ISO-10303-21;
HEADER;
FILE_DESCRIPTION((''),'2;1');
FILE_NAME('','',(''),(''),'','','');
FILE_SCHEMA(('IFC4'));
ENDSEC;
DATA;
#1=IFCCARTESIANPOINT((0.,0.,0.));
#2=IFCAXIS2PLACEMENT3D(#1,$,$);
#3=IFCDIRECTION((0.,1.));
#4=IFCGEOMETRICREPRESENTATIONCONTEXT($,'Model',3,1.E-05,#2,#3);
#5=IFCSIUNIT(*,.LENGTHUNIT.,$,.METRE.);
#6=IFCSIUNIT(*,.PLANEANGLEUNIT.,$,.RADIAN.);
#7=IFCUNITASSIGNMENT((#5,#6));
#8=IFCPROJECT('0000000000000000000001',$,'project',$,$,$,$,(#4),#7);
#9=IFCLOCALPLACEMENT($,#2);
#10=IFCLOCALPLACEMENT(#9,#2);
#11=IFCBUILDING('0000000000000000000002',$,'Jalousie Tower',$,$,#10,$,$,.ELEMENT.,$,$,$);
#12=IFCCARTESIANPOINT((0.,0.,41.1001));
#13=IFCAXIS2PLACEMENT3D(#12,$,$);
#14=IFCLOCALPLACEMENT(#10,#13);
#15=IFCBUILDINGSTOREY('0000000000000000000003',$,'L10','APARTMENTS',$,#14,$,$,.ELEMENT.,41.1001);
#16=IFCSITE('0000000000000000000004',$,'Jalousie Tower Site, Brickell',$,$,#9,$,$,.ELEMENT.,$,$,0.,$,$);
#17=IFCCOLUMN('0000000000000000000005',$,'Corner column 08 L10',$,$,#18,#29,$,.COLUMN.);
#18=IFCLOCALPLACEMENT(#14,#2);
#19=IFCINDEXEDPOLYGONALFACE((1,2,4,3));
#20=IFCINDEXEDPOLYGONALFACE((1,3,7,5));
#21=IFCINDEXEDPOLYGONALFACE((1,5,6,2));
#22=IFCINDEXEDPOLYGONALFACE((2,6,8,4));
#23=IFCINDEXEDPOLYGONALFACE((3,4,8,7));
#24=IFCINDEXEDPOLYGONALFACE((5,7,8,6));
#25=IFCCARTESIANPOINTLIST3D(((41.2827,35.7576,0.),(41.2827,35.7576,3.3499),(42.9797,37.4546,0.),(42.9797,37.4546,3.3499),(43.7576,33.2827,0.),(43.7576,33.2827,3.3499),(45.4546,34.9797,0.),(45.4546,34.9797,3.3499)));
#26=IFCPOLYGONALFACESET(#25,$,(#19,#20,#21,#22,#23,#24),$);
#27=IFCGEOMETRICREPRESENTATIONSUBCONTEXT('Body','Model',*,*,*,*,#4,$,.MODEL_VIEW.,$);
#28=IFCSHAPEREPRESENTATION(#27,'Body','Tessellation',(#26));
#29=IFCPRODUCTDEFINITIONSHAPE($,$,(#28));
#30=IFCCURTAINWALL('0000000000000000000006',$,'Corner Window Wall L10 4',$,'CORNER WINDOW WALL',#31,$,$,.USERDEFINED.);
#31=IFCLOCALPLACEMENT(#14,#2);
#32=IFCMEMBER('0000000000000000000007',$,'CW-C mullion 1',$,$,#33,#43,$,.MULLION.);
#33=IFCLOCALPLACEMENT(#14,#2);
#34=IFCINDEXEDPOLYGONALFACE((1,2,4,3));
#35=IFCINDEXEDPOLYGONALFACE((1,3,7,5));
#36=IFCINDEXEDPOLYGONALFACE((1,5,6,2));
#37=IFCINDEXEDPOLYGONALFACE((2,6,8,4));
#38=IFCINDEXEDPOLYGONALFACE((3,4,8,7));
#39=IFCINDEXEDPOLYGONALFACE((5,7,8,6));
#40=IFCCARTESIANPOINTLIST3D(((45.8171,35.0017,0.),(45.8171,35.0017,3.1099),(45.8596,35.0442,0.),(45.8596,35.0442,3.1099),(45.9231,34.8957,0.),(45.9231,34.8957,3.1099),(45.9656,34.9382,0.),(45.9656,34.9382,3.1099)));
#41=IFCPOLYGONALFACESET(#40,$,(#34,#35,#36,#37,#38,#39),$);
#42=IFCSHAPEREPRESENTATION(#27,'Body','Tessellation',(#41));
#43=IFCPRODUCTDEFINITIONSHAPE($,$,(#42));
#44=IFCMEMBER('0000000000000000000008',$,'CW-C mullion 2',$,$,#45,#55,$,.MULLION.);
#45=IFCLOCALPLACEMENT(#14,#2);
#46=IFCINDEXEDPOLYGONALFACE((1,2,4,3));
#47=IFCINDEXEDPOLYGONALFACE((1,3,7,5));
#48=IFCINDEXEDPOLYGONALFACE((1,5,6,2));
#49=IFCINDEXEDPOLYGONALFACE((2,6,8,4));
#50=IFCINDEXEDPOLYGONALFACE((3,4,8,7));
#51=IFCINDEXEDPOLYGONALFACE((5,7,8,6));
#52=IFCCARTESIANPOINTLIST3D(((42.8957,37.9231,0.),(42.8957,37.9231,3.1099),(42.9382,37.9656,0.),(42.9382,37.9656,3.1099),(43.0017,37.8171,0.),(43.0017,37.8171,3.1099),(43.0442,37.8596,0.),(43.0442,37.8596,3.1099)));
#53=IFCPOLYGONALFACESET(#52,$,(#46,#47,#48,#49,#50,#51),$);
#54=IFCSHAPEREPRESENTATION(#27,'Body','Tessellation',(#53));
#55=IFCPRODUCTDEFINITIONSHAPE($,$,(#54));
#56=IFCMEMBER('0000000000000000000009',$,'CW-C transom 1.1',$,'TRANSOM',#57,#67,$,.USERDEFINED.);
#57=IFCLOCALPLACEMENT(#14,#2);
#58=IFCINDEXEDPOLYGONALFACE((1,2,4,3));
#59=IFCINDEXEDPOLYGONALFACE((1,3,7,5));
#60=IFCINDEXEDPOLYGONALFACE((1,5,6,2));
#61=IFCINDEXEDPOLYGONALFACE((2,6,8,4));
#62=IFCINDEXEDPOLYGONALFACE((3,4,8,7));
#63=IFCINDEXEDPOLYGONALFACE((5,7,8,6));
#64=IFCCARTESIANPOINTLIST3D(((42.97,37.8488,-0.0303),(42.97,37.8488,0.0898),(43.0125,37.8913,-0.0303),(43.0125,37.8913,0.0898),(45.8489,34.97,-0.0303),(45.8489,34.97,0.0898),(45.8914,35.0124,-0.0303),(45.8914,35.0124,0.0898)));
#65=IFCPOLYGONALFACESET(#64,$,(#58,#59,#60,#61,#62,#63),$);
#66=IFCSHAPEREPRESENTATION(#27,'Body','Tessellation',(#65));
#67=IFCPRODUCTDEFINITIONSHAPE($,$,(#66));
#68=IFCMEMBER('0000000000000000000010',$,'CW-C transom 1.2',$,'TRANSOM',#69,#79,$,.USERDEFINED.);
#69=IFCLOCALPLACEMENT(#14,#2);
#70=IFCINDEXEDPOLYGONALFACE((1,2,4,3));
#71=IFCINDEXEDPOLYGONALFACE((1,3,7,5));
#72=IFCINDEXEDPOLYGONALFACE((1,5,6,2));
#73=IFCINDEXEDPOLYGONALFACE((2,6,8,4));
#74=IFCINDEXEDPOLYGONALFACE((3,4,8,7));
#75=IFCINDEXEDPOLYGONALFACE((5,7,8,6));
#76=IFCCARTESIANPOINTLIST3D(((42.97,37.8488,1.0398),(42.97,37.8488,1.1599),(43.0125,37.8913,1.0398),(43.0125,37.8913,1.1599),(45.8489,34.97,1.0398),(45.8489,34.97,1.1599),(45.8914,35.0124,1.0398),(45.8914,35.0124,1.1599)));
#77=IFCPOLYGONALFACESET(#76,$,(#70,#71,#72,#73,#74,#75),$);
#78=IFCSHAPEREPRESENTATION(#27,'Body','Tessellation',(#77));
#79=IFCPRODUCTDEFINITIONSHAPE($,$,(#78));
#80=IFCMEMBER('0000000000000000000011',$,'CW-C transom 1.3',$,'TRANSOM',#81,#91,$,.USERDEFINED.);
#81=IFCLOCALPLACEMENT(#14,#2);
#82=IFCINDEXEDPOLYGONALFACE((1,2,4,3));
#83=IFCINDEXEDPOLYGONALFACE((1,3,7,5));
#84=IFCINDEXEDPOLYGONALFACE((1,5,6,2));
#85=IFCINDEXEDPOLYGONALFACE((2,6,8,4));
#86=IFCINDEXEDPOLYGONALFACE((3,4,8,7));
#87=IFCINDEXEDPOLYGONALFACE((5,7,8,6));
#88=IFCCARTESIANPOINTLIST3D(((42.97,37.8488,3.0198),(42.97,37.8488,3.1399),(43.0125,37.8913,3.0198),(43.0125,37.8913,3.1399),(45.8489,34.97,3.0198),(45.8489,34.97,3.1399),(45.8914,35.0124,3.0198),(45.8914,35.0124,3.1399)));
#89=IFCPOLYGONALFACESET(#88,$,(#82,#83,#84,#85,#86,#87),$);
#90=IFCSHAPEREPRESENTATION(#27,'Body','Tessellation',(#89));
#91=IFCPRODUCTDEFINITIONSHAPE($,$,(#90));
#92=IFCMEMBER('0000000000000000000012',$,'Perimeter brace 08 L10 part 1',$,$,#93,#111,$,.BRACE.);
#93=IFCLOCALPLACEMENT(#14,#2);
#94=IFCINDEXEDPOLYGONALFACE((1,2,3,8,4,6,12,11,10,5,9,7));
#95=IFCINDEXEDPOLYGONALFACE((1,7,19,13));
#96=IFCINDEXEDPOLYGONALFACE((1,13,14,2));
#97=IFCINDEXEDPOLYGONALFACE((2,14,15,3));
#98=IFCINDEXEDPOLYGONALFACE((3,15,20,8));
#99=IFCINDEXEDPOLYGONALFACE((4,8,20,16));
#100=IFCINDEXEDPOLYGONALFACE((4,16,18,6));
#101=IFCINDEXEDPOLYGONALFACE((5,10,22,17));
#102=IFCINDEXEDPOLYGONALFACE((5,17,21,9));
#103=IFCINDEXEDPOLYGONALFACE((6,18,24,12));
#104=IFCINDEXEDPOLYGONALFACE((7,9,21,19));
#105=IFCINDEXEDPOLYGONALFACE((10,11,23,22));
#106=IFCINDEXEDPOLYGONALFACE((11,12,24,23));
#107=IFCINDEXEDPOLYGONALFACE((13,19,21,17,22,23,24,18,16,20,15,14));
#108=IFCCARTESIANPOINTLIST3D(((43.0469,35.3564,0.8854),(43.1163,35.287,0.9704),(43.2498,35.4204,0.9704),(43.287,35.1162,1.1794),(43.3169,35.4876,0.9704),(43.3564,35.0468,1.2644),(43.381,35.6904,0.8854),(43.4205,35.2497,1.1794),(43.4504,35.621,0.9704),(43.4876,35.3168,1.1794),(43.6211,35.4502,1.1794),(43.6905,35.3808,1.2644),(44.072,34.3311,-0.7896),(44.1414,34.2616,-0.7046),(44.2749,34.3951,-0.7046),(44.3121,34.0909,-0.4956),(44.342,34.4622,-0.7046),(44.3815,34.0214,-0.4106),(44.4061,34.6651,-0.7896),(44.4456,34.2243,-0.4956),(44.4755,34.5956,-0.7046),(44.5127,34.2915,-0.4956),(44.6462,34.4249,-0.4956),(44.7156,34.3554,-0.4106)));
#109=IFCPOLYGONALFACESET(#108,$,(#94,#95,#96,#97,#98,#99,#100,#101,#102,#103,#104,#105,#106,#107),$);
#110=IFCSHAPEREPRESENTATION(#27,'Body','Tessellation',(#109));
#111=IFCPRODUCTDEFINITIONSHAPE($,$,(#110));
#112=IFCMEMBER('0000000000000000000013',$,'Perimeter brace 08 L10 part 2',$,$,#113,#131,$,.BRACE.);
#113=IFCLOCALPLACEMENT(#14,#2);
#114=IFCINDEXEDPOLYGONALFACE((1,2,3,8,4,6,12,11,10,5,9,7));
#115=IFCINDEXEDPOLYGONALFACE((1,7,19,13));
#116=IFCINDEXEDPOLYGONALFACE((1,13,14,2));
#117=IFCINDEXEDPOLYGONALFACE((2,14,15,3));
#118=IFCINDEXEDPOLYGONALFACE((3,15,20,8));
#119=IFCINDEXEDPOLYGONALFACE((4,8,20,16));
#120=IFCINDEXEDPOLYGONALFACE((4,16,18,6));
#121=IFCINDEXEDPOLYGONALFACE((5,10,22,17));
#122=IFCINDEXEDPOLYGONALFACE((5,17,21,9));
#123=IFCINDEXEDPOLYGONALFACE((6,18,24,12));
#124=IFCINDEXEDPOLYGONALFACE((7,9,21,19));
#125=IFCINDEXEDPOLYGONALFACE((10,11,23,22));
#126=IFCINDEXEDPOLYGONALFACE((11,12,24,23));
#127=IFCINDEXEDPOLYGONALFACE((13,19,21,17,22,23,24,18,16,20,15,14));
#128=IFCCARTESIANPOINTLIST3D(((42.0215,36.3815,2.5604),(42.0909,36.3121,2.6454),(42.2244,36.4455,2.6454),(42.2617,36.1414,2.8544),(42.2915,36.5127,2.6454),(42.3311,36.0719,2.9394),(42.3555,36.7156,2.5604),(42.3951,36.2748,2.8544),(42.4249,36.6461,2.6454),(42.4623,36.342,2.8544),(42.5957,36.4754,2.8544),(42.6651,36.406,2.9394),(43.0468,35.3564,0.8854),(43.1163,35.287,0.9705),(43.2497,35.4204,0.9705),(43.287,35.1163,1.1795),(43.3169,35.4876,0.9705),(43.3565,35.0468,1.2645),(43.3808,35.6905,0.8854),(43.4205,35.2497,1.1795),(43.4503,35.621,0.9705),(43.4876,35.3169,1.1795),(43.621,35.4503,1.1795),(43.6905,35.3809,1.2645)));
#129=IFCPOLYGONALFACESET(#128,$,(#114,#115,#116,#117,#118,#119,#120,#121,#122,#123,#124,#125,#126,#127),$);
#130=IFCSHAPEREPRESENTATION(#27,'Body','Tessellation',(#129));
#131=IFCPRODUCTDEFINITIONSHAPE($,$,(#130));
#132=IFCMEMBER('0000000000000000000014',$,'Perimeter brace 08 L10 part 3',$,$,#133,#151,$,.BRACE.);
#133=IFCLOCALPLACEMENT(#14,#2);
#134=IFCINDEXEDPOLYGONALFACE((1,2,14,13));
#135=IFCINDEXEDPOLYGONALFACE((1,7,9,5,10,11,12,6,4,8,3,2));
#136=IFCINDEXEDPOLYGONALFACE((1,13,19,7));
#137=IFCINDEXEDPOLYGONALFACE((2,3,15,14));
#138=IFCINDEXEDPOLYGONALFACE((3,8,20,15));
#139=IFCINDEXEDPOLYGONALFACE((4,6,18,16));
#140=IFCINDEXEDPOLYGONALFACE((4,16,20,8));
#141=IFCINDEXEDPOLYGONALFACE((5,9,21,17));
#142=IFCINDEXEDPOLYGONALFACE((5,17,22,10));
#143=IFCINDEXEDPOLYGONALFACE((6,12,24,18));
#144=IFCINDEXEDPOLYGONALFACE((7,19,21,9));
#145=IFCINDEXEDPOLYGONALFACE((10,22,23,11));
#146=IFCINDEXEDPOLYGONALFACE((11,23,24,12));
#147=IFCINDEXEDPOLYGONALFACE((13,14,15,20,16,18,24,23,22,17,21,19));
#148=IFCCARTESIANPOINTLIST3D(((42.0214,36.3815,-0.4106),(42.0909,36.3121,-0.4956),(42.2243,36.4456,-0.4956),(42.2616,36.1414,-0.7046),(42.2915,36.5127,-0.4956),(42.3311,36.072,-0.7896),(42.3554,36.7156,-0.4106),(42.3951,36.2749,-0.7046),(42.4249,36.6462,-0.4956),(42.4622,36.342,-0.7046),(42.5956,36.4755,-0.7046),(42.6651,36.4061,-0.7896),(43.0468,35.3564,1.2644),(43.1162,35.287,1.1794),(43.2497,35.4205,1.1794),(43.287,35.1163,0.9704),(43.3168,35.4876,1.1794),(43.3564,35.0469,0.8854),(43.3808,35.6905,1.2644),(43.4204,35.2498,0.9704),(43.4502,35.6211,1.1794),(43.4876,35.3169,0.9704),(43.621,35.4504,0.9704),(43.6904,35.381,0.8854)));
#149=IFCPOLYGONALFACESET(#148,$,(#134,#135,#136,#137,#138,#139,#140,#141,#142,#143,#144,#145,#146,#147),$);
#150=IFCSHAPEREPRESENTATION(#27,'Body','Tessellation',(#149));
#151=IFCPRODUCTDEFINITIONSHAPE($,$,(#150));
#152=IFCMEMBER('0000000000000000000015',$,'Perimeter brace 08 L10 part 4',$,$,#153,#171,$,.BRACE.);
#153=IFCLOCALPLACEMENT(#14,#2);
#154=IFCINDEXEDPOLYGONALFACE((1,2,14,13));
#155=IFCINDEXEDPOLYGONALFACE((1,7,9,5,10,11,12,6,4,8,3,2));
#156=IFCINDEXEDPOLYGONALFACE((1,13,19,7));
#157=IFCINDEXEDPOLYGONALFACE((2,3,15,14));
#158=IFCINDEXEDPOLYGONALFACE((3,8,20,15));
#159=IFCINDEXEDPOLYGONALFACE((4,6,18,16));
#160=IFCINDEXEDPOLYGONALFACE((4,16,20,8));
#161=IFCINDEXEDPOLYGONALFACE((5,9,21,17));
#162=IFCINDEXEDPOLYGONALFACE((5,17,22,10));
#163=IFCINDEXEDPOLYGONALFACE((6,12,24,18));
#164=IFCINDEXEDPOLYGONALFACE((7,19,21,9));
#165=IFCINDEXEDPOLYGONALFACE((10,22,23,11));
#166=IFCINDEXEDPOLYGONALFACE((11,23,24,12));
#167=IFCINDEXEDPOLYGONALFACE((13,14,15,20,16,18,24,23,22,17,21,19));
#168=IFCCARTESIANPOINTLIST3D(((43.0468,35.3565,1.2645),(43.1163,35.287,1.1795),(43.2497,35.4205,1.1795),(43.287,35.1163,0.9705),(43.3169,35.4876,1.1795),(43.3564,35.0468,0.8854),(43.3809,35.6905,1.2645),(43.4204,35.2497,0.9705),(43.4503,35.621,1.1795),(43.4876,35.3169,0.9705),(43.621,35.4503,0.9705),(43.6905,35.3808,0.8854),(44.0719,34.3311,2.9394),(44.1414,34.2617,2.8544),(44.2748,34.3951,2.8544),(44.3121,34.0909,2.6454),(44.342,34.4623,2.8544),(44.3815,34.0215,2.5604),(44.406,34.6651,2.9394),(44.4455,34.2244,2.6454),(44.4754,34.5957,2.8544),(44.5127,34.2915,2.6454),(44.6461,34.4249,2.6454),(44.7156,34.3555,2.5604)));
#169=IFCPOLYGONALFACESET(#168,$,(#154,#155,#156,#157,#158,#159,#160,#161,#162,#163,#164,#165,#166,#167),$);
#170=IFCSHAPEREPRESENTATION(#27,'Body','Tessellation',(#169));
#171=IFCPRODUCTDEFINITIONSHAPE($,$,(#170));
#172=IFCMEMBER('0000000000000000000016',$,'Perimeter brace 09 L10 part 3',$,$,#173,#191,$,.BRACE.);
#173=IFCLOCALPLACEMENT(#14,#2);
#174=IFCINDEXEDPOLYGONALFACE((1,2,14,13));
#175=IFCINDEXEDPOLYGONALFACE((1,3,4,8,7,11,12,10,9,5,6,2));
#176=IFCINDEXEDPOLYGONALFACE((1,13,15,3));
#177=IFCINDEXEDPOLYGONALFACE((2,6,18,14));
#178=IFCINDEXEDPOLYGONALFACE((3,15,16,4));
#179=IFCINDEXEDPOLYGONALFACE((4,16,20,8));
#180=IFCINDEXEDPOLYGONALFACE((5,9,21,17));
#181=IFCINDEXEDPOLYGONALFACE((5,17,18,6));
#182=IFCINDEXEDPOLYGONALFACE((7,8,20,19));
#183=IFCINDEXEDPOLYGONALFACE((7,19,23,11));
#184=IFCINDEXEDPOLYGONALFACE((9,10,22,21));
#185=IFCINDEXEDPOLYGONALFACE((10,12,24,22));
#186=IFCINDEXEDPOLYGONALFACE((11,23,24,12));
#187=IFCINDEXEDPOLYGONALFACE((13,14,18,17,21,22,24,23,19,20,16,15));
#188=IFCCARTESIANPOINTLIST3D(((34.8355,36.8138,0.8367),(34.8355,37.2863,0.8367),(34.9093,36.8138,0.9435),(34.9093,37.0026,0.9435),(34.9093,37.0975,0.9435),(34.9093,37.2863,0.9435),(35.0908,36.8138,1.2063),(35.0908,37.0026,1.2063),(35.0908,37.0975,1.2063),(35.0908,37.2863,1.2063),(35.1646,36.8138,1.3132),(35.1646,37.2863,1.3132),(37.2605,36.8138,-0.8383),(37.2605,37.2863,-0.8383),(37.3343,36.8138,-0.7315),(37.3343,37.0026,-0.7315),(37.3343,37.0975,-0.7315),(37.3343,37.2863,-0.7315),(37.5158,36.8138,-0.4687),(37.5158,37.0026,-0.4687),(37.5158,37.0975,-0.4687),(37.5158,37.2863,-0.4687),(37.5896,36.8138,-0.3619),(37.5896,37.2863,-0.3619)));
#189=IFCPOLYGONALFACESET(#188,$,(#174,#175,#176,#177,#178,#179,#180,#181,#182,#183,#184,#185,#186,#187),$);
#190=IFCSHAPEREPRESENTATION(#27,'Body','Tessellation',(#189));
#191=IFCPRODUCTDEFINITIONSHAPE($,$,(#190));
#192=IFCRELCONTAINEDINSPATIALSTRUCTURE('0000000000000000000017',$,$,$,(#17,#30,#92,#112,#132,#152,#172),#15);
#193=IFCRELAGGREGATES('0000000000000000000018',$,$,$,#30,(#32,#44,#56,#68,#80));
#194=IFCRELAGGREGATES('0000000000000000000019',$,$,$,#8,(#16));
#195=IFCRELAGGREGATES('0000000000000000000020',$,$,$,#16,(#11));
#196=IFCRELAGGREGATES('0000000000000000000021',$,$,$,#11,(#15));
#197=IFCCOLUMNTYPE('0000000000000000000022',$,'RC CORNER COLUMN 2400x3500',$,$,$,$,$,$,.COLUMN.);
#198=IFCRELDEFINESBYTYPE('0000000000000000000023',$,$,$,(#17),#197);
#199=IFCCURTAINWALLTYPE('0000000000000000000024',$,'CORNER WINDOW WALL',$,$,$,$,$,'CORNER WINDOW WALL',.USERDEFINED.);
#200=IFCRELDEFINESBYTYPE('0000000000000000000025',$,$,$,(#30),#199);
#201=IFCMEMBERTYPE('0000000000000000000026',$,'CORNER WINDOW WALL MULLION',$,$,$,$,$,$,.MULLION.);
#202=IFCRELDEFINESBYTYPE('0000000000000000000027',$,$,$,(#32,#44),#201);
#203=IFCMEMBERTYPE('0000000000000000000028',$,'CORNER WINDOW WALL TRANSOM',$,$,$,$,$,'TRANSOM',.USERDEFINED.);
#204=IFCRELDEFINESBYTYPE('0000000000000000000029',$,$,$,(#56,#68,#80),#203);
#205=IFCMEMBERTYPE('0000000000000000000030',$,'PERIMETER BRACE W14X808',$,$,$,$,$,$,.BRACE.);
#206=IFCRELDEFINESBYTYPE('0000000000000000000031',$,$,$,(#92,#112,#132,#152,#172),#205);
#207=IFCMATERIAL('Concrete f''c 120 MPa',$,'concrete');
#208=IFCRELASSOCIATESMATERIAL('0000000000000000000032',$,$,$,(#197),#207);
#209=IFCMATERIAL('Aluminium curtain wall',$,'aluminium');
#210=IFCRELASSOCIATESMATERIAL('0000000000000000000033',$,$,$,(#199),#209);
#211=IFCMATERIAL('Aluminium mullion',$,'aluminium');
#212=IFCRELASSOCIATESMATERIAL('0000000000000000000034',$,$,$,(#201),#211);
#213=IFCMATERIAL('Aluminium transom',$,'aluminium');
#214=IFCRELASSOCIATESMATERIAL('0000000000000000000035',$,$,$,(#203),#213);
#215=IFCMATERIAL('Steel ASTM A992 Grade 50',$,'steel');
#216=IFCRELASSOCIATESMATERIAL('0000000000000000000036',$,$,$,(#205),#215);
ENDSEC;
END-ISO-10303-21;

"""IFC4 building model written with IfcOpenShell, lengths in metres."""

from ifc_helpers import new_model, si_unit, direction, frame, origin, origin_2d, place, context, subcontext, project, spatial, rectangle, i_section, extrude, material, material_profile, profile_set, type_object, element, aggregate, save


model = new_model("IFC4")

# Units and contexts
model_context = context("Model", 3, precision=1e-05, world=origin(), true_north=direction((0.0, 1.0)))
body_context = subcontext(model_context, "Body", "Model", "MODEL_VIEW")
ifc_project = project(units=[si_unit("LENGTHUNIT", "METRE"), si_unit("PLANEANGLEUNIT", "RADIAN")], contexts=[model_context])

# Site, building, storey
site_placement = place(None, origin())
site = spatial("IfcSite", under=ifc_project, at=site_placement, Name="Jalousie Tower Site, Brickell", CompositionType="ELEMENT", RefElevation=0.0)
building_placement = place(site_placement, origin())
building = spatial("IfcBuilding", under=site, at=building_placement, Name="Jalousie Tower", CompositionType="ELEMENT")
storey_placement = place(building_placement, frame((0.0, 0.0, 41.1001)))
storey = spatial("IfcBuildingStorey", under=building, at=storey_placement, Name="L10", Description="APARTMENTS", CompositionType="ELEMENT", Elevation=41.1001)

# Column
ifc_material_1 = material(Name="Concrete f'c 120 MPa", Category="concrete")
ifc_material_profile_1 = material_profile(ifc_material_1, rectangle(XDim=2.3999, YDim=3.5, at=origin_2d()), Name="RC 2400x3500")
ifc_profile_set_1 = profile_set([ifc_material_profile_1], Name="Concrete f'c 120 MPa")
column_type = type_object("IfcColumnType", Name="RC CORNER COLUMN 2400x3500", PredefinedType="COLUMN", material=ifc_profile_set_1)
column_placement = place(storey_placement, frame((43.3687, 35.3687, 0.0), z_axis=(0.0, 0.0, 1.0), x_axis=(-0.707107, -0.707107, 0.0)))
element("IfcColumn", 1, at=column_placement, inside=storey, type_object=column_type, Name="Corner column 08 L10", PredefinedType="COLUMN", context=body_context, shape_type="SweptSolid", body=[
    extrude(rectangle(XDim=2.3999, YDim=3.5, at=origin_2d()), origin(), (0.0, 0.0, 1.0), 3.3499),
])

# Curtain wall, members
ifc_material_2 = material(Name="Aluminium curtain wall", Category="aluminium")
curtain_wall_type_1 = type_object("IfcCurtainWallType", Name="CORNER WINDOW WALL", ElementType="CORNER WINDOW WALL", PredefinedType="USERDEFINED", material=ifc_material_2)
curtain_wall_1_placement = place(storey_placement, origin())
curtain_wall_1 = element("IfcCurtainWall", 2, at=curtain_wall_1_placement, inside=storey, type_object=curtain_wall_type_1, Name="Corner Window Wall L10 4", ObjectType="CORNER WINDOW WALL", PredefinedType="USERDEFINED")
ifc_material_3 = material(Name="Aluminium mullion", Category="aluminium")
ifc_material_profile_2 = material_profile(ifc_material_3, rectangle(XDim=0.0601, YDim=0.1499, at=origin_2d()), Name="MULLION 60x150")
ifc_profile_set_2 = profile_set([ifc_material_profile_2], Name="Aluminium mullion")
member_type_1 = type_object("IfcMemberType", Name="CORNER WINDOW WALL MULLION", PredefinedType="MULLION", material=ifc_profile_set_2)
member_1_placement = place(storey_placement, frame((45.8914, 34.97, 0.0), z_axis=(0.0, 0.0, 1.0), x_axis=(-0.707107, -0.707107, 0.0)))
member_1 = element("IfcMember", 3, at=member_1_placement, type_object=member_type_1, Name="CW-C mullion 1", PredefinedType="MULLION", context=body_context, shape_type="SweptSolid", body=[
    extrude(rectangle(XDim=0.0601, YDim=0.1499, at=origin_2d()), origin(), (0.0, 0.0, 1.0), 3.1099),
])
member_2_placement = place(storey_placement, frame((42.97, 37.8914, 0.0), z_axis=(0.0, 0.0, 1.0), x_axis=(-0.707107, -0.707107, 0.0)))
member_2 = element("IfcMember", 4, at=member_2_placement, type_object=member_type_1, Name="CW-C mullion 2", PredefinedType="MULLION", context=body_context, shape_type="SweptSolid", body=[
    extrude(rectangle(XDim=0.0601, YDim=0.1499, at=origin_2d()), origin(), (0.0, 0.0, 1.0), 3.1099),
])
ifc_material_4 = material(Name="Aluminium transom", Category="aluminium")
ifc_material_profile_3 = material_profile(ifc_material_4, rectangle(XDim=0.0601, YDim=0.1201, at=origin_2d()), Name="TRANSOM 60x120")
ifc_profile_set_3 = profile_set([ifc_material_profile_3], Name="Aluminium transom")
member_type_2 = type_object("IfcMemberType", Name="CORNER WINDOW WALL TRANSOM", ElementType="TRANSOM", PredefinedType="USERDEFINED", material=ifc_profile_set_3)
member_3_placement = place(storey_placement, frame((45.8701, 34.9912, 0.0298), z_axis=(-0.707107, 0.707107, 0.0), x_axis=(-0.707107, -0.707107, 0.0)))
member_3 = element("IfcMember", 5, at=member_3_placement, type_object=member_type_2, Name="CW-C transom 1.1", ObjectType="TRANSOM", PredefinedType="USERDEFINED", context=body_context, shape_type="SweptSolid", body=[
    extrude(rectangle(XDim=0.0601, YDim=0.1201, at=origin_2d()), origin(), (0.0, 0.0, 1.0), 4.0713),
])
member_4_placement = place(storey_placement, frame((45.8701, 34.9912, 1.0999), z_axis=(-0.707107, 0.707107, 0.0), x_axis=(-0.707107, -0.707107, 0.0)))
member_4 = element("IfcMember", 6, at=member_4_placement, type_object=member_type_2, Name="CW-C transom 1.2", ObjectType="TRANSOM", PredefinedType="USERDEFINED", context=body_context, shape_type="SweptSolid", body=[
    extrude(rectangle(XDim=0.0601, YDim=0.1201, at=origin_2d()), origin(), (0.0, 0.0, 1.0), 4.0713),
])
member_5_placement = place(storey_placement, frame((45.8701, 34.9912, 3.0798), z_axis=(-0.707107, 0.707107, 0.0), x_axis=(-0.707107, -0.707107, 0.0)))
member_5 = element("IfcMember", 7, at=member_5_placement, type_object=member_type_2, Name="CW-C transom 1.3", ObjectType="TRANSOM", PredefinedType="USERDEFINED", context=body_context, shape_type="SweptSolid", body=[
    extrude(rectangle(XDim=0.0601, YDim=0.1201, at=origin_2d()), origin(), (0.0, 0.0, 1.0), 4.0713),
])

# Members
ifc_material_5 = material(Name="Steel ASTM A992 Grade 50", Category="steel")
ifc_material_profile_4 = material_profile(ifc_material_5, i_section(OverallWidth=0.4724, OverallDepth=0.5791, WebThickness=0.095, FlangeThickness=0.1299, at=origin_2d()), Name="W14X808")
ifc_profile_set_4 = profile_set([ifc_material_profile_4], Name="Steel ASTM A992 Grade 50")
member_type_3 = type_object("IfcMemberType", Name="PERIMETER BRACE W14X808", PredefinedType="BRACE", material=ifc_profile_set_4)
for number, where, z_axis, x_axis, name in (
    (8, (44.3938, 34.3433, -0.6001), (-0.46273, 0.46284, 0.756082), (-0.707191, -0.707023, 0.0), "Perimeter brace 08 L10 part 1"),
    (9, (43.3687, 35.3687, 1.075), (-0.46284, 0.46273, 0.756082), (-0.707023, -0.707191, 0.0), "Perimeter brace 08 L10 part 2"),
    (10, (42.3433, 36.3938, -0.6001), (0.46284, -0.46273, 0.756082), (0.707023, 0.707191, 0.0), "Perimeter brace 08 L10 part 3"),
    (11, (43.3687, 35.3687, 1.075), (0.46273, -0.46284, 0.756082), (0.707191, 0.707023, 0.0), "Perimeter brace 08 L10 part 4"),
):
    element("IfcMember", number, at=place(storey_placement, frame(where, z_axis=z_axis, x_axis=x_axis)), inside=storey, type_object=member_type_3, Name=name, PredefinedType="BRACE", context=body_context, shape_type="SweptSolid", body=[
        extrude(i_section(OverallWidth=0.4724, OverallDepth=0.5791, WebThickness=0.095, FlangeThickness=0.1299, at=origin_2d()), origin(), (0.0, 0.0, 1.0), 2.2153),
    ])
member_6_placement = place(storey_placement, frame((37.425, 37.05, -0.6001), z_axis=(-0.8228, 0.0, 0.568331), x_axis=(0.0, -1.0, 0.0)))
element("IfcMember", 12, at=member_6_placement, inside=storey, type_object=member_type_3, Name="Perimeter brace 09 L10 part 3", PredefinedType="BRACE", context=body_context, shape_type="SweptSolid", body=[
    extrude(i_section(OverallWidth=0.4724, OverallDepth=0.5791, WebThickness=0.095, FlangeThickness=0.1299, at=origin_2d()), origin(), (0.0, 0.0, 1.0), 2.9473),
])

aggregate(curtain_wall_1, [member_1, member_2, member_3, member_4, member_5])

save(model, "model.ifc")
